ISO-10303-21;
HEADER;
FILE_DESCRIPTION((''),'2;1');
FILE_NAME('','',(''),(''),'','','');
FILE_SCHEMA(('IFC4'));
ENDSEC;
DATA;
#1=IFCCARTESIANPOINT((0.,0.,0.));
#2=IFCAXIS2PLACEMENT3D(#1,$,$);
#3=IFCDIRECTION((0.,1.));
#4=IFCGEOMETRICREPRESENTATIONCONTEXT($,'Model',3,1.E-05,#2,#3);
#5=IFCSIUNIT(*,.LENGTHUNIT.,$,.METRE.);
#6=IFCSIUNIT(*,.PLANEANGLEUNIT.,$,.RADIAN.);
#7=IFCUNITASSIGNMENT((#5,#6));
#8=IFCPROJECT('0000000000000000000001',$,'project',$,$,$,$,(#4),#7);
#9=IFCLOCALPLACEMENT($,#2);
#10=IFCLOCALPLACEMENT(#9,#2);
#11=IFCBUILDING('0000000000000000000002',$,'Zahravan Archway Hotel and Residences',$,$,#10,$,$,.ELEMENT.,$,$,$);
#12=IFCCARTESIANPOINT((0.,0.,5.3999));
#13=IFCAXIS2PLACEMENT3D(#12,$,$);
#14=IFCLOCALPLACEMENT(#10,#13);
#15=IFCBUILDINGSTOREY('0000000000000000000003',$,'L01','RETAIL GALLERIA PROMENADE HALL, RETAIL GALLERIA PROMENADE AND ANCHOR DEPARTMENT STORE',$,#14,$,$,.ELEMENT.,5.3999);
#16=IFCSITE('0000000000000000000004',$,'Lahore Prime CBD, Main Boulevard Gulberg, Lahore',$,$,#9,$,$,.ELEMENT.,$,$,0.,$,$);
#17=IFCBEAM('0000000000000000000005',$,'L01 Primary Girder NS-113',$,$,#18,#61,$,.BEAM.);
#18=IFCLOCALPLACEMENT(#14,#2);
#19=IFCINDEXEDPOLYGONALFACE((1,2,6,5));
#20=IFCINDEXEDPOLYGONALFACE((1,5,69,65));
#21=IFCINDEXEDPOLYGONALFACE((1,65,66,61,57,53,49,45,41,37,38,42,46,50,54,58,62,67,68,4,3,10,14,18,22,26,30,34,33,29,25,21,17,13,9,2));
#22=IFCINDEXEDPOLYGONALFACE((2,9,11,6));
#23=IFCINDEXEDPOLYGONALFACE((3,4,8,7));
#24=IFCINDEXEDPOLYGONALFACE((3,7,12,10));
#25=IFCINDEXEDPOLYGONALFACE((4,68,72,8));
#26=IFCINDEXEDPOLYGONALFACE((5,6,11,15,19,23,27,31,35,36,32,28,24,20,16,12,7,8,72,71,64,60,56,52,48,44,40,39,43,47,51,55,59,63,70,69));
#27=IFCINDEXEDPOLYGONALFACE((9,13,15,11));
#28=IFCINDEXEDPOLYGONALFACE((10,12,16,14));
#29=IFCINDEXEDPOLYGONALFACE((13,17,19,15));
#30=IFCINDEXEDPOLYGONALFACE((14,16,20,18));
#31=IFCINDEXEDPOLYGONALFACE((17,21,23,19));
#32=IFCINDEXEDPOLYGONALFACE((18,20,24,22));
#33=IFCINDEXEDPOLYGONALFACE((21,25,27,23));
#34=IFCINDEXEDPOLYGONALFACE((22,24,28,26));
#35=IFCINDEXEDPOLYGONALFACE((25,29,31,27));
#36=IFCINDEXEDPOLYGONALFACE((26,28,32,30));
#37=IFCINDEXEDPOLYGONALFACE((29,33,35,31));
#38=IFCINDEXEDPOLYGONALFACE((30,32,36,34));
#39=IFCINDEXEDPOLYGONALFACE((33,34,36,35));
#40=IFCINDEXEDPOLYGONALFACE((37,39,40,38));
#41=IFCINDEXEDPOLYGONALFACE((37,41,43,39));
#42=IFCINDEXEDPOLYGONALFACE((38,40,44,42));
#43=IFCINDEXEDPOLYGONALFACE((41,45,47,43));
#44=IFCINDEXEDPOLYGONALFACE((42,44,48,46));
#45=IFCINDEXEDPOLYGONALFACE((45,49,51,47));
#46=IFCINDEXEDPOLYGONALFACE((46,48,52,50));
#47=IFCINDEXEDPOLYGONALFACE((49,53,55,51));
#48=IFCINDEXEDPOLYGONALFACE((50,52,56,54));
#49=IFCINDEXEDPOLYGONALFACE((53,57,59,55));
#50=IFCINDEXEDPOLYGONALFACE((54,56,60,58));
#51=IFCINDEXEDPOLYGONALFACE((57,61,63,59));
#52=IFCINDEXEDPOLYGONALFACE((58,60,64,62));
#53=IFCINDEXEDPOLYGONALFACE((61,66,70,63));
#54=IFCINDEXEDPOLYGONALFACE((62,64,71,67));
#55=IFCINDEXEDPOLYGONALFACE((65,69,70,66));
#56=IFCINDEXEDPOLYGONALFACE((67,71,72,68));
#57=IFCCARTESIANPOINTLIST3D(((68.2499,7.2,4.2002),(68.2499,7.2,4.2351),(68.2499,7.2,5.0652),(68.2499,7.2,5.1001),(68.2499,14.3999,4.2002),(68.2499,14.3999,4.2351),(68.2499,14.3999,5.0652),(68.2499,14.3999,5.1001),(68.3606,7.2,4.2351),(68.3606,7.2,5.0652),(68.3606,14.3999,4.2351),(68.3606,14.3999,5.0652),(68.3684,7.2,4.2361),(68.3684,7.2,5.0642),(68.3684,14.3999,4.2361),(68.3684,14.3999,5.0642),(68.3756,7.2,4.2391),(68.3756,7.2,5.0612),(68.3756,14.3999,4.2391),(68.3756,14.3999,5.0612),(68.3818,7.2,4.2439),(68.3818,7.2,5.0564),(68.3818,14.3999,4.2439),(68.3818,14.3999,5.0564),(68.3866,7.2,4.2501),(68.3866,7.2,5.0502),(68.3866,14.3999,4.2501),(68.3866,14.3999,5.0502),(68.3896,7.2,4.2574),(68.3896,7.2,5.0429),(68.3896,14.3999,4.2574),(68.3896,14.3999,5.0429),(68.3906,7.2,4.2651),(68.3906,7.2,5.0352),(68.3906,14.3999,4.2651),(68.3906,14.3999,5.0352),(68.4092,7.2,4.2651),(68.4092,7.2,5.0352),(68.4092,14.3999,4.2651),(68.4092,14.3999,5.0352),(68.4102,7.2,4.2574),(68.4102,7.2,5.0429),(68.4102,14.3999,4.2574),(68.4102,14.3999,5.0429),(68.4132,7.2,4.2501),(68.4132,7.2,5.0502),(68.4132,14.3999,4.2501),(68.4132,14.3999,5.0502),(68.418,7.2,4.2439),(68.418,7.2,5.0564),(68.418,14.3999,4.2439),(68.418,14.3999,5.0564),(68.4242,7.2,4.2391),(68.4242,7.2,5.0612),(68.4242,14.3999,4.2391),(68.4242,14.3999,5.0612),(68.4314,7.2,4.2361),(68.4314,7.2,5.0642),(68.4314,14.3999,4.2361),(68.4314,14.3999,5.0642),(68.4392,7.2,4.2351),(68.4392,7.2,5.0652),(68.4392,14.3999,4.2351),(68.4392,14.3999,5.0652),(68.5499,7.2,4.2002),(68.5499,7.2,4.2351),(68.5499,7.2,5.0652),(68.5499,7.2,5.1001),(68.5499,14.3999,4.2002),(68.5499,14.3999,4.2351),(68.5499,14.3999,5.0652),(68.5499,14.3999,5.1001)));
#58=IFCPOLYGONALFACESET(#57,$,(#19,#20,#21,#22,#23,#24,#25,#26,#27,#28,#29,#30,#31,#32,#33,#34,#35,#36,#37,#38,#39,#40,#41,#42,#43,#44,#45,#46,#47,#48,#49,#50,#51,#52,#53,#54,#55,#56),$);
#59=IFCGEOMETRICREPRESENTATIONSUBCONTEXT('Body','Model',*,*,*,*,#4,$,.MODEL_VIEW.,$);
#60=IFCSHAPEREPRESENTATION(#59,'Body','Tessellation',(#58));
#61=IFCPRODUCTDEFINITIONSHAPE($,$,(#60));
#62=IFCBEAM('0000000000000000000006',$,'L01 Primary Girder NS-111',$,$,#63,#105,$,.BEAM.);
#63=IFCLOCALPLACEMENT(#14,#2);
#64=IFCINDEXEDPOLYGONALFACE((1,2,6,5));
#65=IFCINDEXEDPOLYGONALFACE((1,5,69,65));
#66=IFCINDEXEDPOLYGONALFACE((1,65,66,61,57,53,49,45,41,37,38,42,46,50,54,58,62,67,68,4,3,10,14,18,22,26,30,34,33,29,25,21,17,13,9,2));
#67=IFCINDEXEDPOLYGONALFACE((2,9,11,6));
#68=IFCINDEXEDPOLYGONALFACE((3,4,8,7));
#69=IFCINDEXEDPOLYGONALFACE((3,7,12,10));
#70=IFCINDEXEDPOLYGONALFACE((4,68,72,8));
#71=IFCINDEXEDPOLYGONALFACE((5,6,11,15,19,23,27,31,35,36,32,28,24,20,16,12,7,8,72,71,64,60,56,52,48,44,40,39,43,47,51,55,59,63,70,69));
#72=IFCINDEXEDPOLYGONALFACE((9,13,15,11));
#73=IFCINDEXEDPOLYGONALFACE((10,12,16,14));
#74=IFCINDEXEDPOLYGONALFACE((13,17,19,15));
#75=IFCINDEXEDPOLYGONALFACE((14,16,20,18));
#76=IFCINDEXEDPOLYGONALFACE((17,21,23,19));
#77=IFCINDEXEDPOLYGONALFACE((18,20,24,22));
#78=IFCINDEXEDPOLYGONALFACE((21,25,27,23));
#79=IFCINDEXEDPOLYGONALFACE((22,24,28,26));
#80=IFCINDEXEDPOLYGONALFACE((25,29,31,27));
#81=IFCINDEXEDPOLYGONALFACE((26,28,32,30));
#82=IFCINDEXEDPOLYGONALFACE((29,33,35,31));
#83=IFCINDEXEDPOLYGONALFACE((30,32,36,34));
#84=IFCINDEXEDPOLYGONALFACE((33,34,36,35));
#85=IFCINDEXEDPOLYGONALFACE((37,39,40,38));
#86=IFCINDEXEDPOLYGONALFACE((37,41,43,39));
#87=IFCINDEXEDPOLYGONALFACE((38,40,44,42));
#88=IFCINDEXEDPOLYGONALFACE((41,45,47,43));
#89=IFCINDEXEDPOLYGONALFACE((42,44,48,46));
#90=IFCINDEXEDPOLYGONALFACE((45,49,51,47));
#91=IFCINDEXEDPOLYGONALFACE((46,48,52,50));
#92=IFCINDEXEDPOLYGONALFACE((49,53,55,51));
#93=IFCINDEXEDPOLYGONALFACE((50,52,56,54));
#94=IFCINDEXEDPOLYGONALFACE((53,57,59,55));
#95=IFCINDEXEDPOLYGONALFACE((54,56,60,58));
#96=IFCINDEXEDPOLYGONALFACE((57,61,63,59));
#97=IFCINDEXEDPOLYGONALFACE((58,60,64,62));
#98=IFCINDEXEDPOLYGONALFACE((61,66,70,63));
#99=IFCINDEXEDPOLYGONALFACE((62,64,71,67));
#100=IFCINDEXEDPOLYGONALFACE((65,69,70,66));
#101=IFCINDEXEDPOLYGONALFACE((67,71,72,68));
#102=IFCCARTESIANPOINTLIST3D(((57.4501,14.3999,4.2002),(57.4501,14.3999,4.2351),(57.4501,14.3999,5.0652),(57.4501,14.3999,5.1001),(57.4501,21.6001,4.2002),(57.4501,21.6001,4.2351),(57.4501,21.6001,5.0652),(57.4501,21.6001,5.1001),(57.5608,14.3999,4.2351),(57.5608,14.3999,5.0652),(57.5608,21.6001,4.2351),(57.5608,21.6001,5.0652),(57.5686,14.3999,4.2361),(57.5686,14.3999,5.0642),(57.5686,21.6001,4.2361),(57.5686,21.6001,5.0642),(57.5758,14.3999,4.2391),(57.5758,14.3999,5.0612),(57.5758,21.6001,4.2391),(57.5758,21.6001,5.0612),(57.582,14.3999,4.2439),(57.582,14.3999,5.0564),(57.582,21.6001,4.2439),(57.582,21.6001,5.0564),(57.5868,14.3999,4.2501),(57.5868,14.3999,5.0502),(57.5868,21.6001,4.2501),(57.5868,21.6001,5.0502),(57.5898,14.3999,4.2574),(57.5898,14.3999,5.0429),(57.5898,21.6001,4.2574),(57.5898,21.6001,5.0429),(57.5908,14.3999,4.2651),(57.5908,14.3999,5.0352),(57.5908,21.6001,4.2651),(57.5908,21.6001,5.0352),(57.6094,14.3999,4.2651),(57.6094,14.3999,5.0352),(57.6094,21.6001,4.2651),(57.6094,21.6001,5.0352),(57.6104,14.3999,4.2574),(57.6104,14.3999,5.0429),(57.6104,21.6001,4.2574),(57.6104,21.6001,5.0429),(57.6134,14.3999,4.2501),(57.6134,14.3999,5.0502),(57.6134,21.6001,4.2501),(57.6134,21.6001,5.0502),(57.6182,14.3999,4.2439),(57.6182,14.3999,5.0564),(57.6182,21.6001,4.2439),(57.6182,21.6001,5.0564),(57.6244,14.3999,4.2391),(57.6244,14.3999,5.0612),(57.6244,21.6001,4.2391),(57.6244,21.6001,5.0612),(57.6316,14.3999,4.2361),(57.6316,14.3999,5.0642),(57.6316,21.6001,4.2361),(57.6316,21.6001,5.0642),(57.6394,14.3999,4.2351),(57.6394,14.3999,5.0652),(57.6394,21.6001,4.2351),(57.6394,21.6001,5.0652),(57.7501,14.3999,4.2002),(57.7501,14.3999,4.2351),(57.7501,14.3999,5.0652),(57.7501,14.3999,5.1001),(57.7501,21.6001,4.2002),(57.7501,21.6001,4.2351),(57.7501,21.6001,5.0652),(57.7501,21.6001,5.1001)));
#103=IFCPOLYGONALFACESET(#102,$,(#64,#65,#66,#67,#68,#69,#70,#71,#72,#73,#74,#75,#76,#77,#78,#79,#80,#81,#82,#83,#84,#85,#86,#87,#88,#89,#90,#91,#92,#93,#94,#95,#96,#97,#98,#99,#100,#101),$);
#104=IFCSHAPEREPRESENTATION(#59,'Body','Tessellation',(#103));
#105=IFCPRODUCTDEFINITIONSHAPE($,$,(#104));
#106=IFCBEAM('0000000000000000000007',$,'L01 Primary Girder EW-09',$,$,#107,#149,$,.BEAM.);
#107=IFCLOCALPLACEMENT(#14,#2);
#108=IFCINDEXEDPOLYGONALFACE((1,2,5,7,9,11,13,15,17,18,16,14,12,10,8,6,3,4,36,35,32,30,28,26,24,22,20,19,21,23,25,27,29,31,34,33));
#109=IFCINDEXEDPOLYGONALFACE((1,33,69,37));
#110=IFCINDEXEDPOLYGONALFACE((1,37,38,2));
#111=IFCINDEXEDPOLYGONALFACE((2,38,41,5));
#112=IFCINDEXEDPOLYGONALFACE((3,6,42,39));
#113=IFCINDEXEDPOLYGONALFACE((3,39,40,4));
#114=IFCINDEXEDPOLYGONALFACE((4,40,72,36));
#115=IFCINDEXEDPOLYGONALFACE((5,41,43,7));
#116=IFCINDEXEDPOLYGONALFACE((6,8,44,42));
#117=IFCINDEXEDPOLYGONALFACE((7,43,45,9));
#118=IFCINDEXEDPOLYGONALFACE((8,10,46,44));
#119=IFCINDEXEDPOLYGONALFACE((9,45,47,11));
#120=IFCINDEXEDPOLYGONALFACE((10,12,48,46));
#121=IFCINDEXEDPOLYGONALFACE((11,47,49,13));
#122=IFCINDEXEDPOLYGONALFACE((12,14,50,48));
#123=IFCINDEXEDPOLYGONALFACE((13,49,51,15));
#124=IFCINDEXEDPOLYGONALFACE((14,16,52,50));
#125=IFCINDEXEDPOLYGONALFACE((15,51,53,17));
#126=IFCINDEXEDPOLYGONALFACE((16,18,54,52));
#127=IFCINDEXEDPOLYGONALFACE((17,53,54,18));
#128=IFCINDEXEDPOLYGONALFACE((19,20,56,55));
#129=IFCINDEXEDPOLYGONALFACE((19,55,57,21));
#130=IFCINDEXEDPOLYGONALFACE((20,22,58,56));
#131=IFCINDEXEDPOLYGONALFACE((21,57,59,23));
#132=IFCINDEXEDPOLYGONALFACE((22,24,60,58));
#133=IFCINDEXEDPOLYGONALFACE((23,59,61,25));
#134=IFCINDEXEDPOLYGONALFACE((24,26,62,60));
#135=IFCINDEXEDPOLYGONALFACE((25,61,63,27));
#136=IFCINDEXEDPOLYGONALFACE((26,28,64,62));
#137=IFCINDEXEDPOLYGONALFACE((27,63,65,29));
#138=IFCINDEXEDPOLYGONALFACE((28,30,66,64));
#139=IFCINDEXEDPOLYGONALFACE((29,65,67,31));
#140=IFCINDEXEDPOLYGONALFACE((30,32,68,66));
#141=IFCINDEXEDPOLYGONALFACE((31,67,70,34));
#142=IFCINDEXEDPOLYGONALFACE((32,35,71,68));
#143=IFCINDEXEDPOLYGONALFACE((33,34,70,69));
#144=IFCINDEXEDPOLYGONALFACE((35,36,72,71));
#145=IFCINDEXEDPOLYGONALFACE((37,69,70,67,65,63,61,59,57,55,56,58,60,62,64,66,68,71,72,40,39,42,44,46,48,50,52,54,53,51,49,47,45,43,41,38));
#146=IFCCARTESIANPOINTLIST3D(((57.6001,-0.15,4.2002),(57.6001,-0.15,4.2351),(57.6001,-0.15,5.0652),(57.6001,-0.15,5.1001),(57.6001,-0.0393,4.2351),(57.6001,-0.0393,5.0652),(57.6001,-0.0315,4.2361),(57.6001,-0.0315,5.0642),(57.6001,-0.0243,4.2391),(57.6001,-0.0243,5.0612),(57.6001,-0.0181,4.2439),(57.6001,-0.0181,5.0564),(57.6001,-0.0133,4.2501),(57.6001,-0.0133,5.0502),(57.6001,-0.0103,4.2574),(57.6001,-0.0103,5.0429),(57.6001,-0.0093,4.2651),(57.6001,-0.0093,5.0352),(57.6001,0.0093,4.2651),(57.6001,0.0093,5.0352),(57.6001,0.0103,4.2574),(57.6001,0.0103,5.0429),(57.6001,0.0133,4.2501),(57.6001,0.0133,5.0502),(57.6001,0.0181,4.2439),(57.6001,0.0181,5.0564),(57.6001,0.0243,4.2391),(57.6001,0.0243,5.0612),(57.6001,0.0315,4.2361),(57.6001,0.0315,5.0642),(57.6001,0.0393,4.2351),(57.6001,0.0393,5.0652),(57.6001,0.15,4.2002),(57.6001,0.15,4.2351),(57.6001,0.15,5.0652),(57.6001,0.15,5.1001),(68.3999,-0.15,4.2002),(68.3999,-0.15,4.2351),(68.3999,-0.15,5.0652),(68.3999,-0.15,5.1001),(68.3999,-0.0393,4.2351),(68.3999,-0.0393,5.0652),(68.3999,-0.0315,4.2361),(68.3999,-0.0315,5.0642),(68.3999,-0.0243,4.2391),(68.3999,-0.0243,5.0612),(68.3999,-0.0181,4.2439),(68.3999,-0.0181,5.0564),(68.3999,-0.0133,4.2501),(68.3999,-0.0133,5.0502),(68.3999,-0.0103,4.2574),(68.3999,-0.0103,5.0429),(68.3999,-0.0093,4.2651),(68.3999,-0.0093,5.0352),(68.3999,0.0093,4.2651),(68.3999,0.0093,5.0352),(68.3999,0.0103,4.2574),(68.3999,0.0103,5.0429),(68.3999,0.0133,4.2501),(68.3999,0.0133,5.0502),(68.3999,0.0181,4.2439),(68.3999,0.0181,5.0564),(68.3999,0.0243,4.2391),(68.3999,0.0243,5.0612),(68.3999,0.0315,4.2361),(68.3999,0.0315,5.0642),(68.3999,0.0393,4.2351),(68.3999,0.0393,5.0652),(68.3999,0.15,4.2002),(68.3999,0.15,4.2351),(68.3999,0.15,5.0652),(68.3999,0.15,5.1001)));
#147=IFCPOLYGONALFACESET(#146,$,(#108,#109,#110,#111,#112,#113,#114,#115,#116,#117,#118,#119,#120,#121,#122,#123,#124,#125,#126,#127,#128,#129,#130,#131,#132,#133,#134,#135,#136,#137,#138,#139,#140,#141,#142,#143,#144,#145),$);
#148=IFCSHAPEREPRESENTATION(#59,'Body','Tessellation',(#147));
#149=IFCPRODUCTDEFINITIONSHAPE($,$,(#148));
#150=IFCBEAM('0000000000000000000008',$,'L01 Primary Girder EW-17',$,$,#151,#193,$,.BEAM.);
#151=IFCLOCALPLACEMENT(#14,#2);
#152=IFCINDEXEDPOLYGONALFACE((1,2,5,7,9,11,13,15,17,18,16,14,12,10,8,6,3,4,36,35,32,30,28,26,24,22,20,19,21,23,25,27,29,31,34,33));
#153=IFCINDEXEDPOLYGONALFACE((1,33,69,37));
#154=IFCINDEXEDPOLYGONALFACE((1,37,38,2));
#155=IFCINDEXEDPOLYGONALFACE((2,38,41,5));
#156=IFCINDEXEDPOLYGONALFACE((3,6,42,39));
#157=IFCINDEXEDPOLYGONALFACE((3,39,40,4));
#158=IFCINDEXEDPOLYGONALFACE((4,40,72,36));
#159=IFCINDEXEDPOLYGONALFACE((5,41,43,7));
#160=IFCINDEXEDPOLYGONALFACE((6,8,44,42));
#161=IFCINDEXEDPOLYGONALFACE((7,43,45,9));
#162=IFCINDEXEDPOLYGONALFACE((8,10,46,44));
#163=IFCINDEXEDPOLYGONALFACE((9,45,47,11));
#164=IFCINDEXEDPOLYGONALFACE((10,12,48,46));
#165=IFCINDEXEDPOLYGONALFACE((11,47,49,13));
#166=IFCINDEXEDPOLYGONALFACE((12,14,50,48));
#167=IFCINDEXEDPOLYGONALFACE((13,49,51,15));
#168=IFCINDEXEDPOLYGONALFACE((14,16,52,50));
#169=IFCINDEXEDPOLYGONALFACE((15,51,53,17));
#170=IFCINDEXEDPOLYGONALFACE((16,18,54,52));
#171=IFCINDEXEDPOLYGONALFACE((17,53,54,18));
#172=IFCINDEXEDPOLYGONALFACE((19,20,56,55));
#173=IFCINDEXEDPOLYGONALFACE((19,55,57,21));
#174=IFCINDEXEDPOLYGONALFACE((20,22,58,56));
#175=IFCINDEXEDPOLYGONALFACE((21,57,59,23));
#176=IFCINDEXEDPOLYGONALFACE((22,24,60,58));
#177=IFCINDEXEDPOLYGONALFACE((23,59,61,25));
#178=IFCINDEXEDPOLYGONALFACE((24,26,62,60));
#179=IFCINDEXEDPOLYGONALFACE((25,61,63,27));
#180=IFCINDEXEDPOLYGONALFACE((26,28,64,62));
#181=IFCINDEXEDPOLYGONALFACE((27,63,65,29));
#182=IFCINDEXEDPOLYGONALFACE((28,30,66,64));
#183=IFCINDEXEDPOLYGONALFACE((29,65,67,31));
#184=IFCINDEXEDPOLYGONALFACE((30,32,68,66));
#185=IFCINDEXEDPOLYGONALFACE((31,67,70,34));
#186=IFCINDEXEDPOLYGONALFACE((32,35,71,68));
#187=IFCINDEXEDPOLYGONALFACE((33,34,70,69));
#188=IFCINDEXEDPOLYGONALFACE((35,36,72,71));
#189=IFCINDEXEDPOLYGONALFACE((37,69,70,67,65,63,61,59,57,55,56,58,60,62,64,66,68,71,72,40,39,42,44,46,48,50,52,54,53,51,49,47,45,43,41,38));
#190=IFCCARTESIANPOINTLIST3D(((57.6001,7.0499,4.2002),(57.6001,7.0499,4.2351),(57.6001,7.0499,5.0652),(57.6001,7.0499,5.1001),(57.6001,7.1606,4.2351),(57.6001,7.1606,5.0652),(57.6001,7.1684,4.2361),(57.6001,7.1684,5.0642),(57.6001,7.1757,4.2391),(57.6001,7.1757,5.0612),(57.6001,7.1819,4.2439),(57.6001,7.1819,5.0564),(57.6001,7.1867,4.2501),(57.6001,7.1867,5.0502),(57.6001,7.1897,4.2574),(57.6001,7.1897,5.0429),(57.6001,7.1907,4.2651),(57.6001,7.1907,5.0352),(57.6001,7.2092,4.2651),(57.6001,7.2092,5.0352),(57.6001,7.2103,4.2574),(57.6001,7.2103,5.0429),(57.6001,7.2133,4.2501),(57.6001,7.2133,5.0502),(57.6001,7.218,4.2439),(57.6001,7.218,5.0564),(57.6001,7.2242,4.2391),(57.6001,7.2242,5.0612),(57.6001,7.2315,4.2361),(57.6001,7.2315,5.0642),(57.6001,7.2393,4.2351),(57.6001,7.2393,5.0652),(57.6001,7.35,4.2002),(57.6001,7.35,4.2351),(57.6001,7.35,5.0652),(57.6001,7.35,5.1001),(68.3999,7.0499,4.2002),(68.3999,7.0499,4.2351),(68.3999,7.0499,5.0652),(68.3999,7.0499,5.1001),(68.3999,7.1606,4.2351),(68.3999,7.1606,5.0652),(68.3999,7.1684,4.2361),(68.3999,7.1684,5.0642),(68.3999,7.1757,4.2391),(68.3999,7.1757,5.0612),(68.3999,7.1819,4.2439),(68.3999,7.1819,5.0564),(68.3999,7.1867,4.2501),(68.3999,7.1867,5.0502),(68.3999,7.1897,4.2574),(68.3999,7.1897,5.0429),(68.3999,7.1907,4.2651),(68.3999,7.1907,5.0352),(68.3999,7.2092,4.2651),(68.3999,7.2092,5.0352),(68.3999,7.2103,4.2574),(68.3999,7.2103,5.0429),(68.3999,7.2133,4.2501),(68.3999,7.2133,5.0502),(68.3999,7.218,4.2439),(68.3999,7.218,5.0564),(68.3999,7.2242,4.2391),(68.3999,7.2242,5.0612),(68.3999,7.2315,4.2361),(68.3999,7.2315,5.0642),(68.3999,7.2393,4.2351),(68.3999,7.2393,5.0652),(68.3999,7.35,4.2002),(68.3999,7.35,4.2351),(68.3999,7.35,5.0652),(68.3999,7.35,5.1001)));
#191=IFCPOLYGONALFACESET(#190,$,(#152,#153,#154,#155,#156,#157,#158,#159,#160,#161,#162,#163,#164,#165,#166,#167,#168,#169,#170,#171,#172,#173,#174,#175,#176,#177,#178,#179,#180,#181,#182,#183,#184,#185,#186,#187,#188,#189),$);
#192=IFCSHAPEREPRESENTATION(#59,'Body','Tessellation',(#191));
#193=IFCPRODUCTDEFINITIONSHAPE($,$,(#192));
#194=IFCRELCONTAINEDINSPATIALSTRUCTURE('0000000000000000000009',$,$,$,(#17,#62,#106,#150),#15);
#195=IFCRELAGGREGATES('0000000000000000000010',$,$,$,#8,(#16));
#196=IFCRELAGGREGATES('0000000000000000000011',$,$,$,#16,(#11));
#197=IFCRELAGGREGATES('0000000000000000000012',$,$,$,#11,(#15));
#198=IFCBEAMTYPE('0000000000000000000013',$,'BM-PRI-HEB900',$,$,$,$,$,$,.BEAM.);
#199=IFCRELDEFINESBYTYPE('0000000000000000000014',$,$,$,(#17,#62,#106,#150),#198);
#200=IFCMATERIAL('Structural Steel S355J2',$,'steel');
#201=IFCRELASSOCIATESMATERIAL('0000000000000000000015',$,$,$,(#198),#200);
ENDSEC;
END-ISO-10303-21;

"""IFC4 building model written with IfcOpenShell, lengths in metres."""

from ifc_helpers import new_model, si_unit, direction, frame, origin, origin_2d, place, context, subcontext, project, spatial, i_section, extrude, source, transform, mapped, material, material_profile, profile_set, type_object, element, save


model = new_model("IFC4")

# Units and contexts
model_context = context("Model", 3, precision=1e-05, world=origin(), true_north=direction((0.0, 1.0)))
body_context = subcontext(model_context, "Body", "Model", "MODEL_VIEW")
ifc_project = project(units=[si_unit("LENGTHUNIT", "METRE"), si_unit("PLANEANGLEUNIT", "RADIAN")], contexts=[model_context])

# Site, building, storey
site_placement = place(None, origin())
site = spatial("IfcSite", under=ifc_project, at=site_placement, Name="Lahore Prime CBD, Main Boulevard Gulberg, Lahore", CompositionType="ELEMENT", RefElevation=0.0)
building_placement = place(site_placement, origin())
building = spatial("IfcBuilding", under=site, at=building_placement, Name="Zahravan Archway Hotel and Residences", CompositionType="ELEMENT")
storey_placement = place(building_placement, frame((0.0, 0.0, 5.3999)))
storey = spatial("IfcBuildingStorey", under=building, at=storey_placement, Name="L01", Description="RETAIL GALLERIA PROMENADE HALL, RETAIL GALLERIA PROMENADE AND ANCHOR DEPARTMENT STORE", CompositionType="ELEMENT", Elevation=5.3999)

# Beams
ifc_material_1 = material(Name="Structural Steel S355J2", Category="steel")
ifc_material_profile_1 = material_profile(ifc_material_1, i_section(OverallWidth=0.3, OverallDepth=0.8999, WebThickness=0.0186, FlangeThickness=0.0349, FilletRadius=0.03, at=origin_2d()), Name="HEB 900", Category="steel")
ifc_profile_set_1 = profile_set([ifc_material_profile_1], Name="Structural Steel S355J2")
beam_type_1 = type_object("IfcBeamType", Name="BM-PRI-HEB900", PredefinedType="BEAM", material=ifc_profile_set_1)
shared_shape_1 = source(origin(), body_context, "Body", "SweptSolid", [
    extrude(i_section(OverallWidth=0.3, OverallDepth=0.8999, WebThickness=0.0186, FlangeThickness=0.0349, FilletRadius=0.03, at=origin_2d()), origin(), (0.0, 0.0, 1.0), 7.2),
])
for number, where, z_axis, x_axis, name in (
    (1, (68.3999, 7.2, 4.6501), (0.0, 1.0, 0.0), (-1.0, 0.0, 0.0), "L01 Primary Girder NS-113"),
):
    element("IfcBeam", number, at=place(storey_placement, frame(where, z_axis=z_axis, x_axis=x_axis)), inside=storey, type_object=beam_type_1, Name=name, PredefinedType="BEAM", context=body_context, shape_type="MappedRepresentation", body=[
        mapped(shared_shape_1, transform((0.0, 0.0, 0.0), scale=1.0)),
    ])
shared_shape_2 = source(origin(), body_context, "Body", "SweptSolid", [
    extrude(i_section(OverallWidth=0.3, OverallDepth=0.8999, WebThickness=0.0186, FlangeThickness=0.0349, FilletRadius=0.03, at=origin_2d()), origin(), (0.0, 0.0, 1.0), 7.2002),
])
beam_1_placement = place(storey_placement, frame((57.6001, 14.3999, 4.6501), z_axis=(0.0, 1.0, 0.0), x_axis=(-1.0, 0.0, 0.0)))
element("IfcBeam", 2, at=beam_1_placement, inside=storey, type_object=beam_type_1, Name="L01 Primary Girder NS-111", PredefinedType="BEAM", context=body_context, shape_type="MappedRepresentation", body=[
    mapped(shared_shape_2, transform((0.0, 0.0, 0.0), scale=1.0)),
])
shared_shape_3 = source(origin(), body_context, "Body", "SweptSolid", [
    extrude(i_section(OverallWidth=0.3, OverallDepth=0.8999, WebThickness=0.0186, FlangeThickness=0.0349, FilletRadius=0.03, at=origin_2d()), origin(), (0.0, 0.0, 1.0), 10.7998),
])
for number, where, z_axis, x_axis, name in (
    (3, (57.6001, 0.0, 4.6501), (1.0, 0.0, 0.0), (0.0, 1.0, 0.0), "L01 Primary Girder EW-09"),
    (4, (57.6001, 7.2, 4.6501), (1.0, 0.0, 0.0), (0.0, 1.0, 0.0), "L01 Primary Girder EW-17"),
):
    element("IfcBeam", number, at=place(storey_placement, frame(where, z_axis=z_axis, x_axis=x_axis)), inside=storey, type_object=beam_type_1, Name=name, PredefinedType="BEAM", context=body_context, shape_type="MappedRepresentation", body=[
        mapped(shared_shape_3, transform((0.0, 0.0, 0.0), scale=1.0)),
    ])

save(model, "model.ifc")
